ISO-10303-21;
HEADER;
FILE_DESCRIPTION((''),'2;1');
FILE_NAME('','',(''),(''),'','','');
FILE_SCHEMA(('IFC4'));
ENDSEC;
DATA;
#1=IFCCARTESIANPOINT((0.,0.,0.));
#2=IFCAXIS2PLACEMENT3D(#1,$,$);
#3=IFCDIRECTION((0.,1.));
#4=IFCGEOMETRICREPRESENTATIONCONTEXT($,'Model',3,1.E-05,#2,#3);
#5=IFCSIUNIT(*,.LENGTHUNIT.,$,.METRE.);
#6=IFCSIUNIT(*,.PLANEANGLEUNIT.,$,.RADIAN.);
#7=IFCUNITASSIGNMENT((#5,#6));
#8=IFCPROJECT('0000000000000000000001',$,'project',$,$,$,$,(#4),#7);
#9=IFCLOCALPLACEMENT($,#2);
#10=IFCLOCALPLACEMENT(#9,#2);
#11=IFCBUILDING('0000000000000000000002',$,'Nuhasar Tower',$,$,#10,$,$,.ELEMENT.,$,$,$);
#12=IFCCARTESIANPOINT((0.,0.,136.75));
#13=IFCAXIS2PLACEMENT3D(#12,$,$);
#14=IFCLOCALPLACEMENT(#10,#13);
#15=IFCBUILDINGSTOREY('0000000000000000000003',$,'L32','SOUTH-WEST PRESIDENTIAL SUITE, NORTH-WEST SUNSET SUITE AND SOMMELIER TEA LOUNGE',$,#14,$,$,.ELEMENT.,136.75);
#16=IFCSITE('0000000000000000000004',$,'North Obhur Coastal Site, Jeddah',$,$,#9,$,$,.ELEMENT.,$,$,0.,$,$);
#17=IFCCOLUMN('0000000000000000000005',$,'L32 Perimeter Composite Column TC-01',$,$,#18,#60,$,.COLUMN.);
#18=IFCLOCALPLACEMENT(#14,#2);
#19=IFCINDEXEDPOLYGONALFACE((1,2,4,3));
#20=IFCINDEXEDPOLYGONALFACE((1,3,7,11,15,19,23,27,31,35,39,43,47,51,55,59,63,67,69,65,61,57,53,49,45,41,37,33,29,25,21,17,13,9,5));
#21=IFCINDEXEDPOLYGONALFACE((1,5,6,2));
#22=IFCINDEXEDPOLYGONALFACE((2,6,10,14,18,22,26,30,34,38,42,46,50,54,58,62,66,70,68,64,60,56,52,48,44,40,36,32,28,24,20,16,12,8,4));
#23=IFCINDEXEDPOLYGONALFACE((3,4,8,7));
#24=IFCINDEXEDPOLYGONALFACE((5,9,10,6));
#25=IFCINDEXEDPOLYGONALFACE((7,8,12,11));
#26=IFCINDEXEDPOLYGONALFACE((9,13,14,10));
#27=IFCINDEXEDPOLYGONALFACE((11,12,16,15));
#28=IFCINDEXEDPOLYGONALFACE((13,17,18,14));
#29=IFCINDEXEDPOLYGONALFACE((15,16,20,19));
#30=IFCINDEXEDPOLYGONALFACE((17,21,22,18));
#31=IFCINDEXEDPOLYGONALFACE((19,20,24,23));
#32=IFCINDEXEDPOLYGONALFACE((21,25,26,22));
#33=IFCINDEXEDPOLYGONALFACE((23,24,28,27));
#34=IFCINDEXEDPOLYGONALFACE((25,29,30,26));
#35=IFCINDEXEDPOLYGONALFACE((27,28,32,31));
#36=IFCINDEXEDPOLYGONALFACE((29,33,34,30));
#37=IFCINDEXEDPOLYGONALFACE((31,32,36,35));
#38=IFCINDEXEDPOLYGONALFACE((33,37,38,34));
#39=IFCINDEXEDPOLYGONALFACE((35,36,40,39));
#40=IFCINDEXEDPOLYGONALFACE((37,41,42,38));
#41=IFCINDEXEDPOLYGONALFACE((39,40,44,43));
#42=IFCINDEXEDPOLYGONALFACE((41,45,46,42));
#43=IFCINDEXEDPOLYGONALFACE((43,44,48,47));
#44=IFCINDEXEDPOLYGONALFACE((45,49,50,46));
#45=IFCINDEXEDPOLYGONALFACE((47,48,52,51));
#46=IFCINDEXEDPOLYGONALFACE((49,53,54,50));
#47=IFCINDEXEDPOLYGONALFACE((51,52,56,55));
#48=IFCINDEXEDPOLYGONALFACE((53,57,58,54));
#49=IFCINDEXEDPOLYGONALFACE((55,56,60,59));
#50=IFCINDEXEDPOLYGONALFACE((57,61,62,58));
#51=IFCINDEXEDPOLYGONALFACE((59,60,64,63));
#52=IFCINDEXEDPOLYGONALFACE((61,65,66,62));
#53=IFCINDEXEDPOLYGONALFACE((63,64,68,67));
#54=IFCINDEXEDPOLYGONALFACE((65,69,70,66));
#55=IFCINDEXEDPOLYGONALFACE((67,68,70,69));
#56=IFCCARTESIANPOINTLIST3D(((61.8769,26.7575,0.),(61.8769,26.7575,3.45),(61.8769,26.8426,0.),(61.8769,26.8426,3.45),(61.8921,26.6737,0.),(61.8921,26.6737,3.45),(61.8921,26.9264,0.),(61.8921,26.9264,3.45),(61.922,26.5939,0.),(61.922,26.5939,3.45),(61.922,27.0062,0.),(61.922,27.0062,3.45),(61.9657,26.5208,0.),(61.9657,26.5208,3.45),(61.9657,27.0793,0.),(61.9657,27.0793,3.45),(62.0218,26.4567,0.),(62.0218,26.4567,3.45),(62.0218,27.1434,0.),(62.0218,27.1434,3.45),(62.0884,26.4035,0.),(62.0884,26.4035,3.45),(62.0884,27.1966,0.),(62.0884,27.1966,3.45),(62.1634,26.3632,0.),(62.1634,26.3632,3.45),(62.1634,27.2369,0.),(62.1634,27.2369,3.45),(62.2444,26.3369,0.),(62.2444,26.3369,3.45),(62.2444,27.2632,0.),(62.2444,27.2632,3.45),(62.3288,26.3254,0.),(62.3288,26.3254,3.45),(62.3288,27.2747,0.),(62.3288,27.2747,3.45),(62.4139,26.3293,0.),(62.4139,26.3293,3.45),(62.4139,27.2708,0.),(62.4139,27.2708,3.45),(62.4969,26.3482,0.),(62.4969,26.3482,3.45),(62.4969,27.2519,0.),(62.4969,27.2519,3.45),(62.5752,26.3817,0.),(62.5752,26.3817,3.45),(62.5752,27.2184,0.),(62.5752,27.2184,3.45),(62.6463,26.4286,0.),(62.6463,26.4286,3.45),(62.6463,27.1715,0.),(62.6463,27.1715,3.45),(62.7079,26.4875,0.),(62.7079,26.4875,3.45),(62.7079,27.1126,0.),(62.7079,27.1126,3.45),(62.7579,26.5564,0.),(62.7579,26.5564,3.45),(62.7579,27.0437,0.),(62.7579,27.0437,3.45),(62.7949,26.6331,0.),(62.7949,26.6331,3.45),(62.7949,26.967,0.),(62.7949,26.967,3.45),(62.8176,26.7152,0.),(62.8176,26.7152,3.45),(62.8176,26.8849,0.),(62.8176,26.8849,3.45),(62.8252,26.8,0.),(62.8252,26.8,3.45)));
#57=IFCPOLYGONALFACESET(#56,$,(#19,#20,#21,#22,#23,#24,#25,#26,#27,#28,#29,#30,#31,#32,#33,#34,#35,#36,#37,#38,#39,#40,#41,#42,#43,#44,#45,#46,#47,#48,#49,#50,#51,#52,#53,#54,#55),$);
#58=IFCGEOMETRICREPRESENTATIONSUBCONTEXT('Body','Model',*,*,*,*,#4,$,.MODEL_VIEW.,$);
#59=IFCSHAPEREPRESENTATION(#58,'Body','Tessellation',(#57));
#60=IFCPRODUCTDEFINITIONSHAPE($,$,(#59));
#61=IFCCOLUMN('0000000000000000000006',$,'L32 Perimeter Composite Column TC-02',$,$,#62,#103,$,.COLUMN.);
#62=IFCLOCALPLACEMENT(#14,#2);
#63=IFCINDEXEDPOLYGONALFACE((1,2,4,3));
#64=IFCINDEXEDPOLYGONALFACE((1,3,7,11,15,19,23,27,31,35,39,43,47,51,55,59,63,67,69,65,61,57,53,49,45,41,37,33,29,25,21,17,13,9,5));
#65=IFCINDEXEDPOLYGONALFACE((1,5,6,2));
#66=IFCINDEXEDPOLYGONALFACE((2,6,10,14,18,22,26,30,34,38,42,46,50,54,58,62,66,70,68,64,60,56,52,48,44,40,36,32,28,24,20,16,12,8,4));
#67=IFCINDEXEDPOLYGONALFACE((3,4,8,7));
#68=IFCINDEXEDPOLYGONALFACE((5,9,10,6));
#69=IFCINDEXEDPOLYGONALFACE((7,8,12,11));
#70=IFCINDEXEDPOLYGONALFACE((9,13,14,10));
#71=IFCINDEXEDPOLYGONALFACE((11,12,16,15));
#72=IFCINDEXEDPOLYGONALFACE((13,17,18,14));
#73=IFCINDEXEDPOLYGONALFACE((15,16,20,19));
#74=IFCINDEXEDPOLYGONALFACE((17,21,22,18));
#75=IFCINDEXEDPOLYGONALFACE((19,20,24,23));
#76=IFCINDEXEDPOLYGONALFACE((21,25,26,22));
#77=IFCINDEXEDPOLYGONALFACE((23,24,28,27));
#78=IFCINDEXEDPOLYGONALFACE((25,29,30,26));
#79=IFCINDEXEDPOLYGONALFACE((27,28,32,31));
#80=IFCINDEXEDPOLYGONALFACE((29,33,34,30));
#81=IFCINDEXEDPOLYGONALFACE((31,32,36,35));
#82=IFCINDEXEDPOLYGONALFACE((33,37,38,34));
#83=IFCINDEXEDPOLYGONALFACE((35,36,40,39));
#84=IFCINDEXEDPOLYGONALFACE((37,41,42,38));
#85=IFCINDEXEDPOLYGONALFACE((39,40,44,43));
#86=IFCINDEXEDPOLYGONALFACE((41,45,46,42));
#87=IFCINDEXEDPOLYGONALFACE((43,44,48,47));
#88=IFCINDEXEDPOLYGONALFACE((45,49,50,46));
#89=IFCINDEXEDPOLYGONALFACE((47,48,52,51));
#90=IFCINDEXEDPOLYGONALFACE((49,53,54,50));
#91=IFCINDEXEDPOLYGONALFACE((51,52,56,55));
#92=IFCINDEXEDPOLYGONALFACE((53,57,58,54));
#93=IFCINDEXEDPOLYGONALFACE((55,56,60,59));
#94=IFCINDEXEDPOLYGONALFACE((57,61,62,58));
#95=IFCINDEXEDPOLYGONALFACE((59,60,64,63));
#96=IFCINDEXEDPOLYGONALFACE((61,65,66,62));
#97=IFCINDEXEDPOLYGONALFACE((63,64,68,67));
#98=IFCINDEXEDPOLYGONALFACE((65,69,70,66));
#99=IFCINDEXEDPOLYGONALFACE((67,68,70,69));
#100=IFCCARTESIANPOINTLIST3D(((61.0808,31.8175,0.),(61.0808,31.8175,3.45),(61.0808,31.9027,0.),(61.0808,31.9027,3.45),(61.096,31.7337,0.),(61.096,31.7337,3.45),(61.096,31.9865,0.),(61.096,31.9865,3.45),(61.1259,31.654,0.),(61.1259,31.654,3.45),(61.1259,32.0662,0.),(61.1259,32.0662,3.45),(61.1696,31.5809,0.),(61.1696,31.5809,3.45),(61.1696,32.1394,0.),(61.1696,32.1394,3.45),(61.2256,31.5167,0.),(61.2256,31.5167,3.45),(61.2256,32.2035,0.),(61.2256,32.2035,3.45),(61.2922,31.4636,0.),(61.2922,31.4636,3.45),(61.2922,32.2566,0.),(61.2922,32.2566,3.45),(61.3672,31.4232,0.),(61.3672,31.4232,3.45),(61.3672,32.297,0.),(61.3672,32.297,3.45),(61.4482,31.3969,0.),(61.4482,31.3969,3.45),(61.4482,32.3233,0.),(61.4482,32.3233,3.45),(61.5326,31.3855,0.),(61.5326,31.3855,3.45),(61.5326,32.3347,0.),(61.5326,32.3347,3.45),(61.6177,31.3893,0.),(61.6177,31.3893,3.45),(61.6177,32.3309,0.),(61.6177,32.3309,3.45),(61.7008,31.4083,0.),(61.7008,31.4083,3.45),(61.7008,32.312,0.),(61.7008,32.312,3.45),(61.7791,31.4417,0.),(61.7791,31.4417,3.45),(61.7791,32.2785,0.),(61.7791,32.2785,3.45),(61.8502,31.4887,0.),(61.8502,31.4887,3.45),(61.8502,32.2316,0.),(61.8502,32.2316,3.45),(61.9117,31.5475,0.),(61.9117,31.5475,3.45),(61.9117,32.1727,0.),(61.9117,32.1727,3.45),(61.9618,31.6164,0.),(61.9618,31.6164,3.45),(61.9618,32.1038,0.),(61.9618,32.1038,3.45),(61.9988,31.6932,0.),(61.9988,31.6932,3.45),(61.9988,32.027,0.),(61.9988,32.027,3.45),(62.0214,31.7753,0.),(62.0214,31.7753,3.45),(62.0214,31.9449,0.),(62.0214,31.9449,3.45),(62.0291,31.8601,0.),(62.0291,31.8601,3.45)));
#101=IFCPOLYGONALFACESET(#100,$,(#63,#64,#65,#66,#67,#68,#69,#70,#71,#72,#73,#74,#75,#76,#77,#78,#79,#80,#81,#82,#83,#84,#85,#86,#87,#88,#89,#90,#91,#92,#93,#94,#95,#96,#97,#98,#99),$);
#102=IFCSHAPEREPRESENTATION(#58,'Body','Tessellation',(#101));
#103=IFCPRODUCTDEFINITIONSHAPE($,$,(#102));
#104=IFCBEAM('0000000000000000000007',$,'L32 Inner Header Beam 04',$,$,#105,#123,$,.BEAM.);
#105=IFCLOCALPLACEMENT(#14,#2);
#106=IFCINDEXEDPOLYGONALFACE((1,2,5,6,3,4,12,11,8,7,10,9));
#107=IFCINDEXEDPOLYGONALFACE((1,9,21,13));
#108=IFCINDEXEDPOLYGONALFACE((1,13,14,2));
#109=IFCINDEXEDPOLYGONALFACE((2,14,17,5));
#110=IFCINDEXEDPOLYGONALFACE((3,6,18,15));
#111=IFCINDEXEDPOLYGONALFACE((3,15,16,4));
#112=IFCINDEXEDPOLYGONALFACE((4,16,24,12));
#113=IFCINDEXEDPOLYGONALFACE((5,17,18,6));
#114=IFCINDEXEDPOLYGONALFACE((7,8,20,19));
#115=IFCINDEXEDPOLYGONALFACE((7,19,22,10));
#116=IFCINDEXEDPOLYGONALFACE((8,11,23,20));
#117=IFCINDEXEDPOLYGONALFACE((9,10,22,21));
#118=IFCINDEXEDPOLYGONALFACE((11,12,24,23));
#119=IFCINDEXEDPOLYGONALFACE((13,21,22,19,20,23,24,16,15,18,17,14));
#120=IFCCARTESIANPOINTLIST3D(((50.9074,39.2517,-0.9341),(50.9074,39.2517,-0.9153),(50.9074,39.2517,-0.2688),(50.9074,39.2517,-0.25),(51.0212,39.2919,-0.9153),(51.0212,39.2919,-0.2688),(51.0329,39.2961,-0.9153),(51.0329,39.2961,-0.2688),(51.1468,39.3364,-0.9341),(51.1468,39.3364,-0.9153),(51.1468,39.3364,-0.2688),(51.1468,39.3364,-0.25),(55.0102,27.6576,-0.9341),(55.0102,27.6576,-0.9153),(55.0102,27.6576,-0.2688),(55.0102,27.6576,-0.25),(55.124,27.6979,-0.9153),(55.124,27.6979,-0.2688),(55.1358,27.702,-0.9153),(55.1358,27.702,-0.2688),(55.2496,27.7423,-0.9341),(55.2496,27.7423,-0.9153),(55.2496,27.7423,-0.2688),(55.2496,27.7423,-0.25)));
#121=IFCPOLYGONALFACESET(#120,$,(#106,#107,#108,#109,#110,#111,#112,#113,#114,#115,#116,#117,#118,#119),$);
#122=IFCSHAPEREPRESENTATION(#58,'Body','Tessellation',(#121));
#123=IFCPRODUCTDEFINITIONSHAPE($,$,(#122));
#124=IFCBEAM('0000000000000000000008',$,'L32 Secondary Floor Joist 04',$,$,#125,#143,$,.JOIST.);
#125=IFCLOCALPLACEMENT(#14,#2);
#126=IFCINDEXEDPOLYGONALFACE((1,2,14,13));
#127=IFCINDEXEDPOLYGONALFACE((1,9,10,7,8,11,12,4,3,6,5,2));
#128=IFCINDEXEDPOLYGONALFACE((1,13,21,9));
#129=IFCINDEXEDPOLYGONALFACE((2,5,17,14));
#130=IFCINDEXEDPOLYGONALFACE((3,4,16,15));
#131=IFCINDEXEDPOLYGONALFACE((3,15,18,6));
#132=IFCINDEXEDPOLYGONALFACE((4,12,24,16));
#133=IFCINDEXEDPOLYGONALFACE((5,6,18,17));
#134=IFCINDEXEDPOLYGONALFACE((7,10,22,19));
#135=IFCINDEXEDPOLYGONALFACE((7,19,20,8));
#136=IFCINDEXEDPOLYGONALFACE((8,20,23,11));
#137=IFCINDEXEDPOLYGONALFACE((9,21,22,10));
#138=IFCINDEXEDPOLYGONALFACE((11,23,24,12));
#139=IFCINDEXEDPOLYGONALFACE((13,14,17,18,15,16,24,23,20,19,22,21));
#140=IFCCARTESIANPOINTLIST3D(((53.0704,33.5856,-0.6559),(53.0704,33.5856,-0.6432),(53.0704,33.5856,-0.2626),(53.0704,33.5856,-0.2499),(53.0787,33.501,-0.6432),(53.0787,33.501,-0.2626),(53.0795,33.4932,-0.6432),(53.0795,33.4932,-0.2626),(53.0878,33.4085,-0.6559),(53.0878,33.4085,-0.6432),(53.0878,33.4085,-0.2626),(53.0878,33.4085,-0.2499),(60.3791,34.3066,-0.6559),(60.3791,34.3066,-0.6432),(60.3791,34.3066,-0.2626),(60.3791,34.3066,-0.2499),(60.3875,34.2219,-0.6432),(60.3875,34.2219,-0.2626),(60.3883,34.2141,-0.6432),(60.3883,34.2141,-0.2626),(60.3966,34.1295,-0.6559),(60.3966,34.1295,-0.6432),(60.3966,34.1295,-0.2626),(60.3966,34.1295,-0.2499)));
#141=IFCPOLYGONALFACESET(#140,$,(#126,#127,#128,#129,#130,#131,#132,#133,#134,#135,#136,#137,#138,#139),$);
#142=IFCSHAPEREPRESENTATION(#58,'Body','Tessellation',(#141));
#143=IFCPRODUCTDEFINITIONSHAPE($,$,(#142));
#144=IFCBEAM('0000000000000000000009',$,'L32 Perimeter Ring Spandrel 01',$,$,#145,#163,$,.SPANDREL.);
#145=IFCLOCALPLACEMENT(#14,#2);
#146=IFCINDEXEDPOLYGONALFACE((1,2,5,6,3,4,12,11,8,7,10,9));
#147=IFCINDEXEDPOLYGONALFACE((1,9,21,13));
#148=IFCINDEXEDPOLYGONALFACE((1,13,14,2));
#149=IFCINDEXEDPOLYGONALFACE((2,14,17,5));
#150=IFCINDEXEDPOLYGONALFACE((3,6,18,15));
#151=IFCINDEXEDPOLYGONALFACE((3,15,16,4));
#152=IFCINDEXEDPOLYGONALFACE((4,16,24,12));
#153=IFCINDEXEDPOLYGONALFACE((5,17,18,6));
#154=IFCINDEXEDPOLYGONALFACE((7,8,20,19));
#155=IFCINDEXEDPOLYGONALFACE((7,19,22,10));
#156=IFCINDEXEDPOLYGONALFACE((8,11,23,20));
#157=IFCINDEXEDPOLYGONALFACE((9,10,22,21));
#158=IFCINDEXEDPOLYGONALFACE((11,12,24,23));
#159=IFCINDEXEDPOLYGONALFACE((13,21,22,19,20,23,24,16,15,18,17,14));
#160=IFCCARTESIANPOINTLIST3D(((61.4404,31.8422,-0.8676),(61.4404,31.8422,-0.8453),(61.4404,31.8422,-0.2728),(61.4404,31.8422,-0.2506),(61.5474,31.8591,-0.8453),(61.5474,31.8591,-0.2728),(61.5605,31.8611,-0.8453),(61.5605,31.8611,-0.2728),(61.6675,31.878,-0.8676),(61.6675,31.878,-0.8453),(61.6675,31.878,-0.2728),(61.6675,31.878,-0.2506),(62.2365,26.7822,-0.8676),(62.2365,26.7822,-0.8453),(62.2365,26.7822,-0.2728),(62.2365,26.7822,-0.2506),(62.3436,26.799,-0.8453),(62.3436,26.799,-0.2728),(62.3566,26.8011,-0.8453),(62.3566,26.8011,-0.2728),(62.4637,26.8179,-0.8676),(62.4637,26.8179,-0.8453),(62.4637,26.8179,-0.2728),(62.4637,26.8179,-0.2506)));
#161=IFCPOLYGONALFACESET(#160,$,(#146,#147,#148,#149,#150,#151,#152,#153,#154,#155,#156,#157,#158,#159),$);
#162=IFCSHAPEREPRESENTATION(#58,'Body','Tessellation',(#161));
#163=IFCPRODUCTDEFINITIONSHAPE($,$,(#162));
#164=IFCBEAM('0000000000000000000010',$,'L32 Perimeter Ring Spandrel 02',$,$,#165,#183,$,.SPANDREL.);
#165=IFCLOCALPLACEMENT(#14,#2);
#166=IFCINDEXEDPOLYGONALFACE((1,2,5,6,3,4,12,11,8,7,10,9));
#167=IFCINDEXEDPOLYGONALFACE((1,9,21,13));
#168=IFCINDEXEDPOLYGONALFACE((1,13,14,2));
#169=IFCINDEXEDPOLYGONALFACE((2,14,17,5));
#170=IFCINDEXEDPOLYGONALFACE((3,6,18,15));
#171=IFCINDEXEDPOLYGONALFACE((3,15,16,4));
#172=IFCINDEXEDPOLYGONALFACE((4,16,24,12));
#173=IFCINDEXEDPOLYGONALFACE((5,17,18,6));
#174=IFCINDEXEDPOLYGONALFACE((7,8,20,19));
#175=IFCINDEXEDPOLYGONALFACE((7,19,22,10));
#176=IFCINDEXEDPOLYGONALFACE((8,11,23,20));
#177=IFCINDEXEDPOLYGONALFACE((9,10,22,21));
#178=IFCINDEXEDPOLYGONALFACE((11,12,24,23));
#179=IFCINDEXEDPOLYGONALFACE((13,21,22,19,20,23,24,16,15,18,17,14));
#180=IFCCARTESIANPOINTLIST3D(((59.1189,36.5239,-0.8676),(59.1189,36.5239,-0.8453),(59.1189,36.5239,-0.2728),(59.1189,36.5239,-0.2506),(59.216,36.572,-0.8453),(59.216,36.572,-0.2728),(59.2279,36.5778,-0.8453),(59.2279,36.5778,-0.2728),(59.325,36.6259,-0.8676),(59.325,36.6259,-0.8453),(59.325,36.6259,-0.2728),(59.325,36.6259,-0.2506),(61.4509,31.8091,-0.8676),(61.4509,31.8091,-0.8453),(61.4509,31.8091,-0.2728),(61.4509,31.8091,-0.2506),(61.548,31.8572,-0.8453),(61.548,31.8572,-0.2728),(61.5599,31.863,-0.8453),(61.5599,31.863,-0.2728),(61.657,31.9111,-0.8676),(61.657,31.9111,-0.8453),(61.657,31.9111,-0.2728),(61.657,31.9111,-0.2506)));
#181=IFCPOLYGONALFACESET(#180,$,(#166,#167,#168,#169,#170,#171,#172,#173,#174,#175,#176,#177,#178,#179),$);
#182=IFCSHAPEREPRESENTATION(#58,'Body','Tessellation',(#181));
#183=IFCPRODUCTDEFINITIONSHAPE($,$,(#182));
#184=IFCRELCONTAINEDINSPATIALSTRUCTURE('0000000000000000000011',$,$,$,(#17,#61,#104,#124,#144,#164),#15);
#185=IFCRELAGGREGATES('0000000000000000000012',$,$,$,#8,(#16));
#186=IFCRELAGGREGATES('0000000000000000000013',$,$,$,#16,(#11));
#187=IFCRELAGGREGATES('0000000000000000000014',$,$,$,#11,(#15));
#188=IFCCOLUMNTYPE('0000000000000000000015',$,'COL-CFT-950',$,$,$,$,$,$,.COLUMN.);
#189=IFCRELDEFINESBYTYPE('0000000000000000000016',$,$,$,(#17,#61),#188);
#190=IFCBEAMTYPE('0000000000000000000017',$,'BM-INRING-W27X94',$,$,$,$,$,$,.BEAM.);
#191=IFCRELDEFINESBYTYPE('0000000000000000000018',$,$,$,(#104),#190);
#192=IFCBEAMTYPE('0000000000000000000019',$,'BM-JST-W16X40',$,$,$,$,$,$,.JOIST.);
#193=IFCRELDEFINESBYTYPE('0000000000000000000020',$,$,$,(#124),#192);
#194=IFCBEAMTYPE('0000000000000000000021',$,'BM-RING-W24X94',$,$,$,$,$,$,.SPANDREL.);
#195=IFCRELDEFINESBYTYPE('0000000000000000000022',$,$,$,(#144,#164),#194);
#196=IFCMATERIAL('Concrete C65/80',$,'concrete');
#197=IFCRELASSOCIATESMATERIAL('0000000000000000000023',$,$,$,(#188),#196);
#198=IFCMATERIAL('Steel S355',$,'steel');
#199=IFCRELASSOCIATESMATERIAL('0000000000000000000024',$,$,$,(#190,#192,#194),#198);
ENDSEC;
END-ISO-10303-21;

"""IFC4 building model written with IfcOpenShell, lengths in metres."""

from ifc_helpers import new_model, si_unit, direction, frame, origin, origin_2d, place, context, subcontext, project, spatial, circle, i_section, extrude, material, material_profile, profile_set, type_object, element, save


model = new_model("IFC4")

# Units and contexts
model_context = context("Model", 3, precision=1e-05, world=origin(), true_north=direction((0.0, 1.0)))
body_context = subcontext(model_context, "Body", "Model", "MODEL_VIEW")
ifc_project = project(units=[si_unit("LENGTHUNIT", "METRE"), si_unit("PLANEANGLEUNIT", "RADIAN")], contexts=[model_context])

# Site, building, storey
site_placement = place(None, origin())
site = spatial("IfcSite", under=ifc_project, at=site_placement, Name="North Obhur Coastal Site, Jeddah", CompositionType="ELEMENT", RefElevation=0.0)
building_placement = place(site_placement, origin())
building = spatial("IfcBuilding", under=site, at=building_placement, Name="Nuhasar Tower", CompositionType="ELEMENT")
storey_placement = place(building_placement, frame((0.0, 0.0, 136.75)))
storey = spatial("IfcBuildingStorey", under=building, at=storey_placement, Name="L32", Description="SOUTH-WEST PRESIDENTIAL SUITE, NORTH-WEST SUNSET SUITE AND SOMMELIER TEA LOUNGE", CompositionType="ELEMENT", Elevation=136.75)

# Columns
ifc_material_1 = material(Name="Concrete C65/80", Category="concrete")
ifc_material_profile_1 = material_profile(ifc_material_1, circle(Radius=0.4751, at=origin_2d()), Name="CFT950")
ifc_profile_set_1 = profile_set([ifc_material_profile_1], Name="Concrete C65/80")
column_type = type_object("IfcColumnType", Name="COL-CFT-950", PredefinedType="COLUMN", material=ifc_profile_set_1)
for number, where, z_axis, x_axis, name in (
    (1, (62.3501, 26.8, 0.0), (0.0, 0.0, 1.0), (1.0, 0.0, 0.0), "L32 Perimeter Composite Column TC-01"),
    (2, (61.554, 31.8601, 0.0), (0.0, 0.0, 1.0), (1.0, 0.0, 0.0), "L32 Perimeter Composite Column TC-02"),
):
    element("IfcColumn", number, at=place(storey_placement, frame(where, z_axis=z_axis, x_axis=x_axis)), inside=storey, type_object=column_type, Name=name, PredefinedType="COLUMN", context=body_context, shape_type="SweptSolid", body=[
        extrude(circle(Radius=0.4751, at=origin_2d()), origin(), (0.0, 0.0, 1.0), 3.45),
    ])

# Beams
ifc_material_2 = material(Name="Steel S355", Category="steel")
ifc_material_profile_2 = material_profile(ifc_material_2, i_section(OverallWidth=0.2539, OverallDepth=0.6841, WebThickness=0.0125, FlangeThickness=0.0188, at=origin_2d()), Name="W27X94")
ifc_profile_set_2 = profile_set([ifc_material_profile_2], Name="Steel S355")
beam_type_1 = type_object("IfcBeamType", Name="BM-INRING-W27X94", PredefinedType="BEAM", material=ifc_profile_set_2)
beam_1_placement = place(storey_placement, frame((55.1299, 27.7, -0.592), z_axis=(-0.3336, 0.942715, 0.0), x_axis=(-0.942715, -0.3336, 0.0)))
element("IfcBeam", 3, at=beam_1_placement, inside=storey, type_object=beam_type_1, Name="L32 Inner Header Beam 04", PredefinedType="BEAM", context=body_context, shape_type="SweptSolid", body=[
    extrude(i_section(OverallWidth=0.2539, OverallDepth=0.6841, WebThickness=0.0125, FlangeThickness=0.0188, at=origin_2d()), origin(), (0.0, 0.0, 1.0), 12.2986),
])
ifc_material_profile_3 = material_profile(ifc_material_2, i_section(OverallWidth=0.178, OverallDepth=0.406, WebThickness=0.0078, FlangeThickness=0.0127, at=origin_2d()), Name="W16X40")
ifc_profile_set_3 = profile_set([ifc_material_profile_3], Name="Steel S355")
beam_type_2 = type_object("IfcBeamType", Name="BM-JST-W16X40", PredefinedType="JOIST", material=ifc_profile_set_3)
beam_2_placement = place(storey_placement, frame((53.0791, 33.4971, -0.4529), z_axis=(0.99517, 0.098164, 0.0), x_axis=(-0.098164, 0.99517, 0.0)))
element("IfcBeam", 4, at=beam_2_placement, inside=storey, type_object=beam_type_2, Name="L32 Secondary Floor Joist 04", PredefinedType="JOIST", context=body_context, shape_type="SweptSolid", body=[
    extrude(i_section(OverallWidth=0.178, OverallDepth=0.406, WebThickness=0.0078, FlangeThickness=0.0127, at=origin_2d()), origin(), (0.0, 0.0, 1.0), 7.3442),
])
ifc_material_profile_4 = material_profile(ifc_material_2, i_section(OverallWidth=0.23, OverallDepth=0.6169, WebThickness=0.0132, FlangeThickness=0.0222, at=origin_2d()), Name="W24X94")
ifc_profile_set_4 = profile_set([ifc_material_profile_4], Name="Steel S355")
beam_type_3 = type_object("IfcBeamType", Name="BM-RING-W24X94", PredefinedType="SPANDREL", material=ifc_profile_set_4)
beam_3_placement = place(storey_placement, frame((62.3501, 26.8, -0.5591), z_axis=(-0.155427, 0.987847, 0.0), x_axis=(-0.987847, -0.155427, 0.0)))
element("IfcBeam", 5, at=beam_3_placement, inside=storey, type_object=beam_type_3, Name="L32 Perimeter Ring Spandrel 01", PredefinedType="SPANDREL", context=body_context, shape_type="SweptSolid", body=[
    extrude(i_section(OverallWidth=0.23, OverallDepth=0.6169, WebThickness=0.0132, FlangeThickness=0.0222, at=origin_2d()), origin(), (0.0, 0.0, 1.0), 5.1223),
])
beam_4_placement = place(storey_placement, frame((61.554, 31.8601, -0.5591), z_axis=(-0.443348, 0.89635, 0.0), x_axis=(-0.89635, -0.443348, 0.0)))
element("IfcBeam", 6, at=beam_4_placement, inside=storey, type_object=beam_type_3, Name="L32 Perimeter Ring Spandrel 02", PredefinedType="SPANDREL", context=body_context, shape_type="SweptSolid", body=[
    extrude(i_section(OverallWidth=0.23, OverallDepth=0.6169, WebThickness=0.0132, FlangeThickness=0.0222, at=origin_2d()), origin(), (0.0, 0.0, 1.0), 5.26),
])

save(model, "model.ifc")
